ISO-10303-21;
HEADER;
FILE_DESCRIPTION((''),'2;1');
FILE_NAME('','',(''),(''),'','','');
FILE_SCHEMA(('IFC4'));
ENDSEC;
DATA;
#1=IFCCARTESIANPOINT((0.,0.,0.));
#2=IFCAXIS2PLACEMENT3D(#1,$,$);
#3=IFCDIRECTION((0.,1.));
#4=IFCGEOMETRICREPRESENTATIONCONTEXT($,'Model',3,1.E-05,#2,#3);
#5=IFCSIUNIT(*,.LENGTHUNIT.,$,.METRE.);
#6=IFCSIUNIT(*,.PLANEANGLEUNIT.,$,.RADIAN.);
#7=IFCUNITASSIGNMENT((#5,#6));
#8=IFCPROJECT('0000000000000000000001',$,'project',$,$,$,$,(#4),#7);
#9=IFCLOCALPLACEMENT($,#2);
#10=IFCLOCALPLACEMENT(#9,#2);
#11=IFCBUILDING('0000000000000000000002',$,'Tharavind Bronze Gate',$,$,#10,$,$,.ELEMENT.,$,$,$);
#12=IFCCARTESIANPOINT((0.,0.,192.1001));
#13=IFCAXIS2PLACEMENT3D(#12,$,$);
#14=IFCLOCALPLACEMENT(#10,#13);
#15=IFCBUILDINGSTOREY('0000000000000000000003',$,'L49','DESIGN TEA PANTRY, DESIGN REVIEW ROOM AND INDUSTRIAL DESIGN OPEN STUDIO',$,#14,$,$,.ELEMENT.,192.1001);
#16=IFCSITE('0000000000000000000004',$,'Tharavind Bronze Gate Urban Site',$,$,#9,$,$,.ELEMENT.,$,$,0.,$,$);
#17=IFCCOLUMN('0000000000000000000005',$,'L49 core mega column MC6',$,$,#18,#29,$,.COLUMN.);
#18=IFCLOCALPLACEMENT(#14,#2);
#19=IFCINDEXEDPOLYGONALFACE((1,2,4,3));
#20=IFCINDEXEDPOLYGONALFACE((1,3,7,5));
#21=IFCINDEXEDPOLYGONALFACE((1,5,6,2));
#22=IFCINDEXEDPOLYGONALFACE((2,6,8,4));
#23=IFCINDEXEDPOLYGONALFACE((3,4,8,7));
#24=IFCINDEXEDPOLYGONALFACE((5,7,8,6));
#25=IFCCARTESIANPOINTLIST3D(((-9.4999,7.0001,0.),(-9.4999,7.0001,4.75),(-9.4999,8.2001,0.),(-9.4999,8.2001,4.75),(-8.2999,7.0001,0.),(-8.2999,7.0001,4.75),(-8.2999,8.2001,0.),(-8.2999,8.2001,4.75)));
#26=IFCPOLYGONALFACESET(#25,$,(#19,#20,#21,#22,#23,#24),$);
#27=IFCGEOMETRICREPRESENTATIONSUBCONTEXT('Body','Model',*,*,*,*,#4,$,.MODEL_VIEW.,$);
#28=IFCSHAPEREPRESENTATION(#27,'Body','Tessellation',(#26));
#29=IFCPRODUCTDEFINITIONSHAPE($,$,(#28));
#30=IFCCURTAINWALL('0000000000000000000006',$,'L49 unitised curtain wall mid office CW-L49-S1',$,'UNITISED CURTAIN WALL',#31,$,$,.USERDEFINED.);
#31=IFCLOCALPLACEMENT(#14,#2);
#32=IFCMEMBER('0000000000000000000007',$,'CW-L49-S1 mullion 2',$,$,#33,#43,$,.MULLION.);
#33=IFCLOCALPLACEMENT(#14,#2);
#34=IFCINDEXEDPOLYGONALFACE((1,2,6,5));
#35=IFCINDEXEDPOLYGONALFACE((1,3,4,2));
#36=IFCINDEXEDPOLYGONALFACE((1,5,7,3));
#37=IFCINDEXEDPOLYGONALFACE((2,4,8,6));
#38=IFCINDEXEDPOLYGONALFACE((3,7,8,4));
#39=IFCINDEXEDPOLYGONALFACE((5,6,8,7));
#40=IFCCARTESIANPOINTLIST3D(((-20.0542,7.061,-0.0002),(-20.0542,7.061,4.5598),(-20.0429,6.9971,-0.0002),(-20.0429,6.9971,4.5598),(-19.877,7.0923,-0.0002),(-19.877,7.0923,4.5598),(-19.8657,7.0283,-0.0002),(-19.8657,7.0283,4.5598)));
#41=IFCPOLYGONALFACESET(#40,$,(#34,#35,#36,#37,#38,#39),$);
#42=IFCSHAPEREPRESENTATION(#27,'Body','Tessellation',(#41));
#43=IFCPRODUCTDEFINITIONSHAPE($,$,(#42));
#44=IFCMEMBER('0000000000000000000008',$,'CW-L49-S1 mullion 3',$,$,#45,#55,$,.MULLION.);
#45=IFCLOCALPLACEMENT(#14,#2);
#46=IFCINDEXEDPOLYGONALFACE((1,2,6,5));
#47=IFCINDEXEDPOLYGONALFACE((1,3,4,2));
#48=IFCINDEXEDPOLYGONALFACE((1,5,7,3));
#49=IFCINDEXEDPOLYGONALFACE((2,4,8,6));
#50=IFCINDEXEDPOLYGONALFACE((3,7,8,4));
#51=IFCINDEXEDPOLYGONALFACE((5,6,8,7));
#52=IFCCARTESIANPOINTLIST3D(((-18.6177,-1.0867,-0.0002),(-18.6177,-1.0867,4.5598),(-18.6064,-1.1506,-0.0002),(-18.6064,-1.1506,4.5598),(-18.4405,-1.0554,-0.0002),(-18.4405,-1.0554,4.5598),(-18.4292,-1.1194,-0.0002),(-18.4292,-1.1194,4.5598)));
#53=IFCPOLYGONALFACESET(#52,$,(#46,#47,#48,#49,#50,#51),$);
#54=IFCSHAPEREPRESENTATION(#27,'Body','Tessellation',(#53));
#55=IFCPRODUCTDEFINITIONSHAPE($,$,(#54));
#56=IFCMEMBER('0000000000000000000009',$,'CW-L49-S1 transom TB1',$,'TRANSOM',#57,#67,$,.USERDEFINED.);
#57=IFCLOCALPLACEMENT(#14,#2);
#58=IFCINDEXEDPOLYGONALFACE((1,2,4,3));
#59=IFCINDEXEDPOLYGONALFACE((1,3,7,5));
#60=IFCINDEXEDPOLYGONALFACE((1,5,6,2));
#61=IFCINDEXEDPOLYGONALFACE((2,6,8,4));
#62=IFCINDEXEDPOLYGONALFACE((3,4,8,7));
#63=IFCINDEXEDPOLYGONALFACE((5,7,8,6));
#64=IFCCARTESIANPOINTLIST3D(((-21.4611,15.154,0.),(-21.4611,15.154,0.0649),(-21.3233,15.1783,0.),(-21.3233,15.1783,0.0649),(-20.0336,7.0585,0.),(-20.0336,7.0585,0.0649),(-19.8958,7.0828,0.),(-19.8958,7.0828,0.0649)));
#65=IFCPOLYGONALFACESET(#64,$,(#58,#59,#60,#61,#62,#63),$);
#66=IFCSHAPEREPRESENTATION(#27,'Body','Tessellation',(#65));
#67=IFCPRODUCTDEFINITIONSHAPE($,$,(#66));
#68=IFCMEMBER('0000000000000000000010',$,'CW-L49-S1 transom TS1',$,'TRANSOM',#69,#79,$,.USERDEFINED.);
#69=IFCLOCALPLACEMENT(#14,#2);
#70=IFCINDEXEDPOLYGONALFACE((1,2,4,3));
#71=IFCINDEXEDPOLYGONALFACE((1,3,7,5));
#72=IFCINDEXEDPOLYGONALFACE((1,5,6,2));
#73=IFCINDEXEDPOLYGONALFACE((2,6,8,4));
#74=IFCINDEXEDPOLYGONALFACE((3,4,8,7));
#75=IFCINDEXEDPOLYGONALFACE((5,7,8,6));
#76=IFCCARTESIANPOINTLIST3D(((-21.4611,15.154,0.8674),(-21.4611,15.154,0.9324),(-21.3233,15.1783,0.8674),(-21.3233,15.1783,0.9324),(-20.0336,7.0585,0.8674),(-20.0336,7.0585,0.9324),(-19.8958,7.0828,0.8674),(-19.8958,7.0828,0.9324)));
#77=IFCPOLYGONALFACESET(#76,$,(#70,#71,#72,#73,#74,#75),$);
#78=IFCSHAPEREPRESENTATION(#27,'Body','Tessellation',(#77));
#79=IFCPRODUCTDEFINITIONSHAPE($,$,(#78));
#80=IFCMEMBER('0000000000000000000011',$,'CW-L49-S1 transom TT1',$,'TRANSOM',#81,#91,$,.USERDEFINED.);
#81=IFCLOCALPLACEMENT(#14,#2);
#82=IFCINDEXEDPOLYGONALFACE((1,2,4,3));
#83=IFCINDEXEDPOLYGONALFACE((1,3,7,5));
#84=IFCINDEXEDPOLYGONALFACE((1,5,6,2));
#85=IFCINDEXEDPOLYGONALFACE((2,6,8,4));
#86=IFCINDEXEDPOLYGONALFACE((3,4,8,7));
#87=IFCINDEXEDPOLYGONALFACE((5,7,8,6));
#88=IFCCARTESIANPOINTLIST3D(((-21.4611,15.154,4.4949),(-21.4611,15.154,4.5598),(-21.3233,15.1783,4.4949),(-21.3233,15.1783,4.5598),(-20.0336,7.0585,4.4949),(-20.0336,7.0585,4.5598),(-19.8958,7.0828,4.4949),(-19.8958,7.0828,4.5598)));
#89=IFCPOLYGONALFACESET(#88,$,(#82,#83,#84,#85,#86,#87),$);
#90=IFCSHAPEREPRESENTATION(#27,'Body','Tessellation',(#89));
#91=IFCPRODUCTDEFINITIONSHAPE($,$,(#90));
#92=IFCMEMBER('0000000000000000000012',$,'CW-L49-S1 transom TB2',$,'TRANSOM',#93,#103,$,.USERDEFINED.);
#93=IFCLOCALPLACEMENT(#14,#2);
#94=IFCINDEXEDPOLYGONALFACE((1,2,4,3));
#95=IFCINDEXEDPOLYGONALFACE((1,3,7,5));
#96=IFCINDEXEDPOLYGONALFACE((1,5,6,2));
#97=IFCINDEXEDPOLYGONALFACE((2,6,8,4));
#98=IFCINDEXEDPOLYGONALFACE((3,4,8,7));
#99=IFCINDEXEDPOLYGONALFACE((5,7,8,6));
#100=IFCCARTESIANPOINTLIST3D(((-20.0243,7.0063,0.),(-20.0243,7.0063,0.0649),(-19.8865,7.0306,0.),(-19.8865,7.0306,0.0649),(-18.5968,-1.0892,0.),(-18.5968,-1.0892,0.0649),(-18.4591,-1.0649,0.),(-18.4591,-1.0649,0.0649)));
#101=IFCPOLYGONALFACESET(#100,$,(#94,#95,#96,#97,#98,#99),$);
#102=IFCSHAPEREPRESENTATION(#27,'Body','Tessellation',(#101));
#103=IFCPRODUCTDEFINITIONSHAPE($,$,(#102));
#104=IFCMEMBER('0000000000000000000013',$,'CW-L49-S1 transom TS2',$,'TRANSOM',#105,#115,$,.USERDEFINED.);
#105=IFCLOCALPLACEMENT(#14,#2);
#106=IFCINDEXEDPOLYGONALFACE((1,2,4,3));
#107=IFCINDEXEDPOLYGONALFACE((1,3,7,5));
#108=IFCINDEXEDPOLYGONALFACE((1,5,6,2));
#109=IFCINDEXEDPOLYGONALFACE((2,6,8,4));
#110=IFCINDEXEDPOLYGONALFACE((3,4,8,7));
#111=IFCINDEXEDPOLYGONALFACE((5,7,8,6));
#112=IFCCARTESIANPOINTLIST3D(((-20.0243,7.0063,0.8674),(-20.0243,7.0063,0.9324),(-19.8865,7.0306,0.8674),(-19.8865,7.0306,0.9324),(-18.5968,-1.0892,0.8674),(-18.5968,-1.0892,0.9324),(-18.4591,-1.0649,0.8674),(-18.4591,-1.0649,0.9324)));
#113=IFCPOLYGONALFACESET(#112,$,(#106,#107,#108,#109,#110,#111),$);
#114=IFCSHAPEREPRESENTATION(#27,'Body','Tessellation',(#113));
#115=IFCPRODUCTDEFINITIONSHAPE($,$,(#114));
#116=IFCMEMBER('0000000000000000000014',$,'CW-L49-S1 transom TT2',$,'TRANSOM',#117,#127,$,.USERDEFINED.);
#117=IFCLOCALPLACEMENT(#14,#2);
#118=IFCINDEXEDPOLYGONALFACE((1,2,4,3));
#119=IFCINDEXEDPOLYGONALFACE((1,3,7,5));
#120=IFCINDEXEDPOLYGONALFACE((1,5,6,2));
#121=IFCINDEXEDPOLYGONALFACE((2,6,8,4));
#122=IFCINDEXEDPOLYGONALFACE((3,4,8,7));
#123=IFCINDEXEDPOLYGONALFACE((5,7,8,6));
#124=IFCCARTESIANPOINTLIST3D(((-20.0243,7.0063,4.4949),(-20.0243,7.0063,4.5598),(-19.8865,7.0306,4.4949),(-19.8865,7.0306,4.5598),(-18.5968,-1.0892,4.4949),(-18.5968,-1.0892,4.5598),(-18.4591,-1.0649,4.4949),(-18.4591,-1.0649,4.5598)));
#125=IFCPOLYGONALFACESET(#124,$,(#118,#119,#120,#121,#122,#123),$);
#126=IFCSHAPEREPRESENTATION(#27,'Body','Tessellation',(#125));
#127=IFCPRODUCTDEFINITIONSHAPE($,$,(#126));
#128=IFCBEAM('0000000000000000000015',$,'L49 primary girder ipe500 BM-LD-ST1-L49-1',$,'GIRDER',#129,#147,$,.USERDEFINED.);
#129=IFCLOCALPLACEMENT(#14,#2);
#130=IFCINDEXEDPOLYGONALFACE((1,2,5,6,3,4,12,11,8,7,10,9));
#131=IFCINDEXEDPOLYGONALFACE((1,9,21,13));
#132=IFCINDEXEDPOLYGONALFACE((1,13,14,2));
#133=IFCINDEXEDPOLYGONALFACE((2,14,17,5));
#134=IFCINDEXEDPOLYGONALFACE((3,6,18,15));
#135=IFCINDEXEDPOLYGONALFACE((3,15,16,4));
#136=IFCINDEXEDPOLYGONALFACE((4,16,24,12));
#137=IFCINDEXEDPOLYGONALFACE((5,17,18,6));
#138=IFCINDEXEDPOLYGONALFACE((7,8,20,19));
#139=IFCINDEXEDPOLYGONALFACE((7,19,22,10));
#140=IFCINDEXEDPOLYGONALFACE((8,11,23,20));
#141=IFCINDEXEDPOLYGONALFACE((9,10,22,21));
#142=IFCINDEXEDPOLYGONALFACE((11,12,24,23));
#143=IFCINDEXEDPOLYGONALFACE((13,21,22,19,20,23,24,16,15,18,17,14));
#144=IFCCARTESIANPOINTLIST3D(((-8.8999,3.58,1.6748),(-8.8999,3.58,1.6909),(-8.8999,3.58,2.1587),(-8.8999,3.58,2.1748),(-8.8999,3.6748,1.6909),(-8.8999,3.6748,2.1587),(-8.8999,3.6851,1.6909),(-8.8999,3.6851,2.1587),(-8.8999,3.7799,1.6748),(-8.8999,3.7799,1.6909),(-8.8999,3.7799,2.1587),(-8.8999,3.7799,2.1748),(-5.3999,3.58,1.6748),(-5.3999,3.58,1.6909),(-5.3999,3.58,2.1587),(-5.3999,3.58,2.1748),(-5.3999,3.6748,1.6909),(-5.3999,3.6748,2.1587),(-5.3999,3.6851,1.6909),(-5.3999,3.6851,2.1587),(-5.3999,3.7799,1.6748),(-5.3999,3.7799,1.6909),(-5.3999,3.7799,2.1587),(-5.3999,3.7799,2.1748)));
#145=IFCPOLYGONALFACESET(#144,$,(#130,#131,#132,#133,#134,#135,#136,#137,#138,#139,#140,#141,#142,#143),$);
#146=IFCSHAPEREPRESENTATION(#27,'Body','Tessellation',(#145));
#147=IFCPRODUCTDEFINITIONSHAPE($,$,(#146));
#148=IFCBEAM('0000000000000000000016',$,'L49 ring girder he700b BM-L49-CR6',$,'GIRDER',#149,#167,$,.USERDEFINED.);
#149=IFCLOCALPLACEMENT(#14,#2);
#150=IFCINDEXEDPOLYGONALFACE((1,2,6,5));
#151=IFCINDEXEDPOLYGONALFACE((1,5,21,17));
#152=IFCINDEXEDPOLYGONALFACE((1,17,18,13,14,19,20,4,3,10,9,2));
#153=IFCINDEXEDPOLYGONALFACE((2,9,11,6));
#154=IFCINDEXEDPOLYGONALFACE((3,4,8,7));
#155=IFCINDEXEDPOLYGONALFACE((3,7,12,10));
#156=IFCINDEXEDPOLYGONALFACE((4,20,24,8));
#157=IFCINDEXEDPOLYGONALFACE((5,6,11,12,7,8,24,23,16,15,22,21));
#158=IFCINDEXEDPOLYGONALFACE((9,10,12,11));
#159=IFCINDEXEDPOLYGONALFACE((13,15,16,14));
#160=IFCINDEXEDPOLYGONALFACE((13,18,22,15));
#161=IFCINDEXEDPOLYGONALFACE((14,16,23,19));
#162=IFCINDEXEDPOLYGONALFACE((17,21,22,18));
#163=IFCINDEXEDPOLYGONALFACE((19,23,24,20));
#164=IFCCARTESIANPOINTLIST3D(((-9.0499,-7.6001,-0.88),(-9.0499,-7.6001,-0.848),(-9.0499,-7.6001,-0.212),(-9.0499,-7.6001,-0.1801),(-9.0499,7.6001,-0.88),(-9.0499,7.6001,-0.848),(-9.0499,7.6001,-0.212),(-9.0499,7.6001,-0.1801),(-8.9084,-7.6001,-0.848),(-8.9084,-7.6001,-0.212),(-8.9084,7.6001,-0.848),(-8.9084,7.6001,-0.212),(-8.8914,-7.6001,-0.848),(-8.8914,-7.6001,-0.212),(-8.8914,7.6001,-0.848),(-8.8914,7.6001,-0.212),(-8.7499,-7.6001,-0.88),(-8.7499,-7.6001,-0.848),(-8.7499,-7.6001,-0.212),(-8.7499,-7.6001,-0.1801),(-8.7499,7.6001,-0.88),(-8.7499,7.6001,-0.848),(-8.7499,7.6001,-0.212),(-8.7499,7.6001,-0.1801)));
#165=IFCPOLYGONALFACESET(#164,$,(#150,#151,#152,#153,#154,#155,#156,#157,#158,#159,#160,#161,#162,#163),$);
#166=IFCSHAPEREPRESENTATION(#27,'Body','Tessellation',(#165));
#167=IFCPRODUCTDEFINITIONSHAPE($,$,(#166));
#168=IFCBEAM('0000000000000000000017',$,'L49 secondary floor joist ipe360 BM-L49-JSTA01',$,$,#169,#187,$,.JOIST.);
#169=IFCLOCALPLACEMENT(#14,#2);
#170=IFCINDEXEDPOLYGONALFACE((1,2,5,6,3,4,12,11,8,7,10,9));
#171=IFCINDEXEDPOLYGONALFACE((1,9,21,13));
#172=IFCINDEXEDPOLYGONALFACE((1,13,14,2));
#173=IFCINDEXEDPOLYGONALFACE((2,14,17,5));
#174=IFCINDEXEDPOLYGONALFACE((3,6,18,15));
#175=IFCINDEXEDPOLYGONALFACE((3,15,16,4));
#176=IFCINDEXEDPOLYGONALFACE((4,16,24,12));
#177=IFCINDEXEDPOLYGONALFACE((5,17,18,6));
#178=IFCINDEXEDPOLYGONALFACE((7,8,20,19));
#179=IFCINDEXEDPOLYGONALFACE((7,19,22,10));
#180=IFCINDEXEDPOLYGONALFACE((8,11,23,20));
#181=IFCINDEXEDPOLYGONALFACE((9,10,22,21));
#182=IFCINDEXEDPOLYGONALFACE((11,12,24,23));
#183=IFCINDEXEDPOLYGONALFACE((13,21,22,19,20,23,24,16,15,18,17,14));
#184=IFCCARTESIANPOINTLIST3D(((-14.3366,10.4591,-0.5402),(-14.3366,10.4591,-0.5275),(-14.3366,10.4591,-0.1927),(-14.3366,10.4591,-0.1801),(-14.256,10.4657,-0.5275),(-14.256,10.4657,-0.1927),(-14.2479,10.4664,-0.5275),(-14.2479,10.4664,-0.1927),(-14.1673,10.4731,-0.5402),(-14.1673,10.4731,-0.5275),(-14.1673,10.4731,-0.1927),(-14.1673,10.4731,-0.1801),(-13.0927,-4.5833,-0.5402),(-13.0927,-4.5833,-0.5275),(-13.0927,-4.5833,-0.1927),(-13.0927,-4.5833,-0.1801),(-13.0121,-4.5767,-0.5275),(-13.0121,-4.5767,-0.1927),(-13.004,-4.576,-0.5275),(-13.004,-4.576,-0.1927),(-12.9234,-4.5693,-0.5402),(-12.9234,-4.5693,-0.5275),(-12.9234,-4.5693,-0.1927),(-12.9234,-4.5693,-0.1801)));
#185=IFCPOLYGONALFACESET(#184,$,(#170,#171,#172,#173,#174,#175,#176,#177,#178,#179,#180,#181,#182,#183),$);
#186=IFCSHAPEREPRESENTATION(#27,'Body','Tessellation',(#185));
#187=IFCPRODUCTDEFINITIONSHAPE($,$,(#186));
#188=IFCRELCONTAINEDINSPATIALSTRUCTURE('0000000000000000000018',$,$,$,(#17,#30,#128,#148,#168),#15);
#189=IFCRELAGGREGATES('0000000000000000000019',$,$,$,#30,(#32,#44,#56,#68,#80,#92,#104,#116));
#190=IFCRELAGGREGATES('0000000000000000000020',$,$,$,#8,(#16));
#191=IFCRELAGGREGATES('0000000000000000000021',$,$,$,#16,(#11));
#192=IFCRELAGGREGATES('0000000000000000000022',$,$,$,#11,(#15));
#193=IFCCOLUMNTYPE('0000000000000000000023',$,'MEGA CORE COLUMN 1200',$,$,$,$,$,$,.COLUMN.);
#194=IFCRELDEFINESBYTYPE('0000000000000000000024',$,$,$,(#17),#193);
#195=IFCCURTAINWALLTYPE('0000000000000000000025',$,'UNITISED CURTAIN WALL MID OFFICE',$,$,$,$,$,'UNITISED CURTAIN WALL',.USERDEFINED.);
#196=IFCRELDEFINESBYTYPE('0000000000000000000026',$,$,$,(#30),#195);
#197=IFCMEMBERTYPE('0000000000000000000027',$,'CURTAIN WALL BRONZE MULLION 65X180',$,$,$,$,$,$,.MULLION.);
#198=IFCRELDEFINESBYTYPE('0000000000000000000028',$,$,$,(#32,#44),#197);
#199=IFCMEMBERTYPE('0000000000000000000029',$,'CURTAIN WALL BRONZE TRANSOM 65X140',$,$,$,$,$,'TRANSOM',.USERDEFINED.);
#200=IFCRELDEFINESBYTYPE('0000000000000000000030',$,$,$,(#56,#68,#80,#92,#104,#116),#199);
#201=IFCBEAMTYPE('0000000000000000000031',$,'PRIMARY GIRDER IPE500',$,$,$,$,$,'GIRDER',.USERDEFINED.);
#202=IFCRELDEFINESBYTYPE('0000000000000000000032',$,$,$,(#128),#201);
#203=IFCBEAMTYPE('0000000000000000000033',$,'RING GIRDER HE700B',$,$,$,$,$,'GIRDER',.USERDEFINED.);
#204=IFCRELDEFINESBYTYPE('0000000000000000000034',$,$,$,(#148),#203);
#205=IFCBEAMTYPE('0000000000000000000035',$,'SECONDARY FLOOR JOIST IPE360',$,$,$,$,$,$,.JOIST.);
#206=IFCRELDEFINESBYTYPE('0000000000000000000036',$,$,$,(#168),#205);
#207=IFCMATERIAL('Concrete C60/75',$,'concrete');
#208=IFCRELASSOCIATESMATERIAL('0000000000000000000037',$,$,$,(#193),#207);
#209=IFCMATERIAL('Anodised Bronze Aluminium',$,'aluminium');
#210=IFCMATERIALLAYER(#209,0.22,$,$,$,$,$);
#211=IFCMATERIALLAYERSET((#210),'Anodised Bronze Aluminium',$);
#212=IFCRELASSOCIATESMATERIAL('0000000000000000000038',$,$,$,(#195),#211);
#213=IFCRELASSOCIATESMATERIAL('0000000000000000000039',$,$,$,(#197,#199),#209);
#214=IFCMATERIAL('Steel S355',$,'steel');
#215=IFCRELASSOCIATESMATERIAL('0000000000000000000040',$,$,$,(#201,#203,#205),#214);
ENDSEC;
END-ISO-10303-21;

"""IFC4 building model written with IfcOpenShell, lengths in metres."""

from ifc_helpers import new_model, si_unit, direction, frame, origin, origin_2d, place, context, subcontext, project, spatial, rectangle, i_section, extrude, material, layer, layer_set, material_profile, profile_set, type_object, element, aggregate, save


model = new_model("IFC4")

# Units and contexts
model_context = context("Model", 3, precision=1e-05, world=origin(), true_north=direction((0.0, 1.0)))
body_context = subcontext(model_context, "Body", "Model", "MODEL_VIEW")
ifc_project = project(units=[si_unit("LENGTHUNIT", "METRE"), si_unit("PLANEANGLEUNIT", "RADIAN")], contexts=[model_context])

# Site, building, storey
site_placement = place(None, origin())
site = spatial("IfcSite", under=ifc_project, at=site_placement, Name="Tharavind Bronze Gate Urban Site", CompositionType="ELEMENT", RefElevation=0.0)
building_placement = place(site_placement, origin())
building = spatial("IfcBuilding", under=site, at=building_placement, Name="Tharavind Bronze Gate", CompositionType="ELEMENT")
storey_placement = place(building_placement, frame((0.0, 0.0, 192.1001)))
storey = spatial("IfcBuildingStorey", under=building, at=storey_placement, Name="L49", Description="DESIGN TEA PANTRY, DESIGN REVIEW ROOM AND INDUSTRIAL DESIGN OPEN STUDIO", CompositionType="ELEMENT", Elevation=192.1001)

# Column
ifc_material_1 = material(Name="Concrete C60/75", Category="concrete")
ifc_material_profile_1 = material_profile(ifc_material_1, rectangle(XDim=1.2, YDim=1.2, at=origin_2d()), Name="RCCOL1200")
ifc_profile_set_1 = profile_set([ifc_material_profile_1], Name="Concrete C60/75")
column_type = type_object("IfcColumnType", Name="MEGA CORE COLUMN 1200", PredefinedType="COLUMN", material=ifc_profile_set_1)
column_placement = place(storey_placement, frame((-8.8999, 7.6001, 0.0), z_axis=(0.0, 0.0, 1.0), x_axis=(1.0, 0.0, 0.0)))
element("IfcColumn", 1, at=column_placement, inside=storey, type_object=column_type, Name="L49 core mega column MC6", PredefinedType="COLUMN", context=body_context, shape_type="SweptSolid", body=[
    extrude(rectangle(XDim=1.2, YDim=1.2, at=origin_2d()), origin(), (0.0, 0.0, 1.0), 4.75),
])

# Curtain wall, members
ifc_material_2 = material(Name="Anodised Bronze Aluminium", Category="aluminium")
ifc_layer_1 = layer(ifc_material_2, 0.22)
ifc_layer_set_1 = layer_set([ifc_layer_1], Name="Anodised Bronze Aluminium")
curtain_wall_type = type_object("IfcCurtainWallType", Name="UNITISED CURTAIN WALL MID OFFICE", ElementType="UNITISED CURTAIN WALL", PredefinedType="USERDEFINED", material=ifc_layer_set_1)
curtain_wall_placement = place(storey_placement, origin())
curtain_wall = element("IfcCurtainWall", 2, at=curtain_wall_placement, inside=storey, type_object=curtain_wall_type, Name="L49 unitised curtain wall mid office CW-L49-S1", ObjectType="UNITISED CURTAIN WALL", PredefinedType="USERDEFINED")
member_type_1 = type_object("IfcMemberType", Name="CURTAIN WALL BRONZE MULLION 65X180", PredefinedType="MULLION", material=ifc_material_2)
member_1_placement = place(storey_placement, frame((-19.96, 7.0447, -0.0002), z_axis=(0.0, 0.0, 1.0), x_axis=(0.173648, -0.984808, 0.0)))
member_1 = element("IfcMember", 3, at=member_1_placement, type_object=member_type_1, Name="CW-L49-S1 mullion 2", PredefinedType="MULLION", context=body_context, shape_type="SweptSolid", body=[
    extrude(rectangle(XDim=0.0649, YDim=0.1799, at=origin_2d()), origin(), (0.0, 0.0, 1.0), 4.5601),
])
member_2_placement = place(storey_placement, frame((-18.5234, -1.103, -0.0002), z_axis=(0.0, 0.0, 1.0), x_axis=(0.173648, -0.984808, 0.0)))
member_2 = element("IfcMember", 4, at=member_2_placement, type_object=member_type_1, Name="CW-L49-S1 mullion 3", PredefinedType="MULLION", context=body_context, shape_type="SweptSolid", body=[
    extrude(rectangle(XDim=0.0649, YDim=0.1799, at=origin_2d()), origin(), (0.0, 0.0, 1.0), 4.5601),
])
member_type_2 = type_object("IfcMemberType", Name="CURTAIN WALL BRONZE TRANSOM 65X140", ElementType="TRANSOM", PredefinedType="USERDEFINED", material=ifc_material_2)
member_3_placement = place(storey_placement, frame((-20.6785, 11.1184, 0.0), z_axis=(0.0, 0.0, 1.0), x_axis=(0.173648, -0.984808, 0.0)))
member_3 = element("IfcMember", 5, at=member_3_placement, type_object=member_type_2, Name="CW-L49-S1 transom TB1", ObjectType="TRANSOM", PredefinedType="USERDEFINED", context=body_context, shape_type="SweptSolid", body=[
    extrude(rectangle(XDim=8.2205, YDim=0.1399, at=origin_2d()), origin(), (0.0, 0.0, 1.0), 0.0649),
])
member_4_placement = place(storey_placement, frame((-20.6785, 11.1184, 0.8674), z_axis=(0.0, 0.0, 1.0), x_axis=(0.173648, -0.984808, 0.0)))
member_4 = element("IfcMember", 6, at=member_4_placement, type_object=member_type_2, Name="CW-L49-S1 transom TS1", ObjectType="TRANSOM", PredefinedType="USERDEFINED", context=body_context, shape_type="SweptSolid", body=[
    extrude(rectangle(XDim=8.2205, YDim=0.1399, at=origin_2d()), origin(), (0.0, 0.0, 1.0), 0.0649),
])
member_5_placement = place(storey_placement, frame((-20.6785, 11.1184, 4.4949), z_axis=(0.0, 0.0, 1.0), x_axis=(0.173648, -0.984808, 0.0)))
member_5 = element("IfcMember", 7, at=member_5_placement, type_object=member_type_2, Name="CW-L49-S1 transom TT1", ObjectType="TRANSOM", PredefinedType="USERDEFINED", context=body_context, shape_type="SweptSolid", body=[
    extrude(rectangle(XDim=8.2205, YDim=0.1399, at=origin_2d()), origin(), (0.0, 0.0, 1.0), 0.0649),
])
member_6_placement = place(storey_placement, frame((-19.2417, 2.9707, 0.0), z_axis=(0.0, 0.0, 1.0), x_axis=(0.173648, -0.984808, 0.0)))
member_6 = element("IfcMember", 8, at=member_6_placement, type_object=member_type_2, Name="CW-L49-S1 transom TB2", ObjectType="TRANSOM", PredefinedType="USERDEFINED", context=body_context, shape_type="SweptSolid", body=[
    extrude(rectangle(XDim=8.2205, YDim=0.1399, at=origin_2d()), origin(), (0.0, 0.0, 1.0), 0.0649),
])
member_7_placement = place(storey_placement, frame((-19.2417, 2.9707, 0.8674), z_axis=(0.0, 0.0, 1.0), x_axis=(0.173648, -0.984808, 0.0)))
member_7 = element("IfcMember", 9, at=member_7_placement, type_object=member_type_2, Name="CW-L49-S1 transom TS2", ObjectType="TRANSOM", PredefinedType="USERDEFINED", context=body_context, shape_type="SweptSolid", body=[
    extrude(rectangle(XDim=8.2205, YDim=0.1399, at=origin_2d()), origin(), (0.0, 0.0, 1.0), 0.0649),
])
member_8_placement = place(storey_placement, frame((-19.2417, 2.9707, 4.4949), z_axis=(0.0, 0.0, 1.0), x_axis=(0.173648, -0.984808, 0.0)))
member_8 = element("IfcMember", 10, at=member_8_placement, type_object=member_type_2, Name="CW-L49-S1 transom TT2", ObjectType="TRANSOM", PredefinedType="USERDEFINED", context=body_context, shape_type="SweptSolid", body=[
    extrude(rectangle(XDim=8.2205, YDim=0.1399, at=origin_2d()), origin(), (0.0, 0.0, 1.0), 0.0649),
])

# Beams
ifc_material_3 = material(Name="Steel S355", Category="steel")
ifc_material_profile_2 = material_profile(ifc_material_3, i_section(OverallWidth=0.2, OverallDepth=0.5, WebThickness=0.0103, FlangeThickness=0.0161, at=origin_2d()), Name="IPE500")
ifc_profile_set_2 = profile_set([ifc_material_profile_2], Name="Steel S355")
beam_type_1 = type_object("IfcBeamType", Name="PRIMARY GIRDER IPE500", ElementType="GIRDER", PredefinedType="USERDEFINED", material=ifc_profile_set_2)
beam_1_placement = place(storey_placement, frame((-8.8999, 3.6799, 1.9248), z_axis=(1.0, 0.0, 0.0), x_axis=(0.0, 1.0, 0.0)))
element("IfcBeam", 11, at=beam_1_placement, inside=storey, type_object=beam_type_1, Name="L49 primary girder ipe500 BM-LD-ST1-L49-1", ObjectType="GIRDER", PredefinedType="USERDEFINED", context=body_context, shape_type="SweptSolid", body=[
    extrude(i_section(OverallWidth=0.2, OverallDepth=0.5, WebThickness=0.0103, FlangeThickness=0.0161, at=origin_2d()), origin(), (0.0, 0.0, 1.0), 3.5),
])
ifc_material_profile_3 = material_profile(ifc_material_3, i_section(OverallWidth=0.3, OverallDepth=0.7, WebThickness=0.0171, FlangeThickness=0.032, at=origin_2d()), Name="HE700B")
ifc_profile_set_3 = profile_set([ifc_material_profile_3], Name="Steel S355")
beam_type_2 = type_object("IfcBeamType", Name="RING GIRDER HE700B", ElementType="GIRDER", PredefinedType="USERDEFINED", material=ifc_profile_set_3)
beam_2_placement = place(storey_placement, frame((-8.8999, 7.6001, -0.53), z_axis=(0.0, -1.0, 0.0), x_axis=(1.0, 0.0, 0.0)))
element("IfcBeam", 12, at=beam_2_placement, inside=storey, type_object=beam_type_2, Name="L49 ring girder he700b BM-L49-CR6", ObjectType="GIRDER", PredefinedType="USERDEFINED", context=body_context, shape_type="SweptSolid", body=[
    extrude(i_section(OverallWidth=0.3, OverallDepth=0.7, WebThickness=0.0171, FlangeThickness=0.032, at=origin_2d()), origin(), (0.0, 0.0, 1.0), 15.2002),
])
ifc_material_profile_4 = material_profile(ifc_material_3, i_section(OverallWidth=0.1699, OverallDepth=0.3601, WebThickness=0.0081, FlangeThickness=0.0127, at=origin_2d()), Name="IPE360")
ifc_profile_set_4 = profile_set([ifc_material_profile_4], Name="Steel S355")
beam_type_3 = type_object("IfcBeamType", Name="SECONDARY FLOOR JOIST IPE360", PredefinedType="JOIST", material=ifc_profile_set_4)
beam_3_placement = place(storey_placement, frame((-14.252, 10.4661, -0.3601), z_axis=(0.082411, -0.996598, 0.0), x_axis=(0.996598, 0.082411, 0.0)))
element("IfcBeam", 13, at=beam_3_placement, inside=storey, type_object=beam_type_3, Name="L49 secondary floor joist ipe360 BM-L49-JSTA01", PredefinedType="JOIST", context=body_context, shape_type="SweptSolid", body=[
    extrude(i_section(OverallWidth=0.1699, OverallDepth=0.3601, WebThickness=0.0081, FlangeThickness=0.0127, at=origin_2d()), origin(), (0.0, 0.0, 1.0), 15.0938),
])

aggregate(curtain_wall, [member_1, member_2, member_3, member_4, member_5, member_6, member_7, member_8])

save(model, "model.ifc")
